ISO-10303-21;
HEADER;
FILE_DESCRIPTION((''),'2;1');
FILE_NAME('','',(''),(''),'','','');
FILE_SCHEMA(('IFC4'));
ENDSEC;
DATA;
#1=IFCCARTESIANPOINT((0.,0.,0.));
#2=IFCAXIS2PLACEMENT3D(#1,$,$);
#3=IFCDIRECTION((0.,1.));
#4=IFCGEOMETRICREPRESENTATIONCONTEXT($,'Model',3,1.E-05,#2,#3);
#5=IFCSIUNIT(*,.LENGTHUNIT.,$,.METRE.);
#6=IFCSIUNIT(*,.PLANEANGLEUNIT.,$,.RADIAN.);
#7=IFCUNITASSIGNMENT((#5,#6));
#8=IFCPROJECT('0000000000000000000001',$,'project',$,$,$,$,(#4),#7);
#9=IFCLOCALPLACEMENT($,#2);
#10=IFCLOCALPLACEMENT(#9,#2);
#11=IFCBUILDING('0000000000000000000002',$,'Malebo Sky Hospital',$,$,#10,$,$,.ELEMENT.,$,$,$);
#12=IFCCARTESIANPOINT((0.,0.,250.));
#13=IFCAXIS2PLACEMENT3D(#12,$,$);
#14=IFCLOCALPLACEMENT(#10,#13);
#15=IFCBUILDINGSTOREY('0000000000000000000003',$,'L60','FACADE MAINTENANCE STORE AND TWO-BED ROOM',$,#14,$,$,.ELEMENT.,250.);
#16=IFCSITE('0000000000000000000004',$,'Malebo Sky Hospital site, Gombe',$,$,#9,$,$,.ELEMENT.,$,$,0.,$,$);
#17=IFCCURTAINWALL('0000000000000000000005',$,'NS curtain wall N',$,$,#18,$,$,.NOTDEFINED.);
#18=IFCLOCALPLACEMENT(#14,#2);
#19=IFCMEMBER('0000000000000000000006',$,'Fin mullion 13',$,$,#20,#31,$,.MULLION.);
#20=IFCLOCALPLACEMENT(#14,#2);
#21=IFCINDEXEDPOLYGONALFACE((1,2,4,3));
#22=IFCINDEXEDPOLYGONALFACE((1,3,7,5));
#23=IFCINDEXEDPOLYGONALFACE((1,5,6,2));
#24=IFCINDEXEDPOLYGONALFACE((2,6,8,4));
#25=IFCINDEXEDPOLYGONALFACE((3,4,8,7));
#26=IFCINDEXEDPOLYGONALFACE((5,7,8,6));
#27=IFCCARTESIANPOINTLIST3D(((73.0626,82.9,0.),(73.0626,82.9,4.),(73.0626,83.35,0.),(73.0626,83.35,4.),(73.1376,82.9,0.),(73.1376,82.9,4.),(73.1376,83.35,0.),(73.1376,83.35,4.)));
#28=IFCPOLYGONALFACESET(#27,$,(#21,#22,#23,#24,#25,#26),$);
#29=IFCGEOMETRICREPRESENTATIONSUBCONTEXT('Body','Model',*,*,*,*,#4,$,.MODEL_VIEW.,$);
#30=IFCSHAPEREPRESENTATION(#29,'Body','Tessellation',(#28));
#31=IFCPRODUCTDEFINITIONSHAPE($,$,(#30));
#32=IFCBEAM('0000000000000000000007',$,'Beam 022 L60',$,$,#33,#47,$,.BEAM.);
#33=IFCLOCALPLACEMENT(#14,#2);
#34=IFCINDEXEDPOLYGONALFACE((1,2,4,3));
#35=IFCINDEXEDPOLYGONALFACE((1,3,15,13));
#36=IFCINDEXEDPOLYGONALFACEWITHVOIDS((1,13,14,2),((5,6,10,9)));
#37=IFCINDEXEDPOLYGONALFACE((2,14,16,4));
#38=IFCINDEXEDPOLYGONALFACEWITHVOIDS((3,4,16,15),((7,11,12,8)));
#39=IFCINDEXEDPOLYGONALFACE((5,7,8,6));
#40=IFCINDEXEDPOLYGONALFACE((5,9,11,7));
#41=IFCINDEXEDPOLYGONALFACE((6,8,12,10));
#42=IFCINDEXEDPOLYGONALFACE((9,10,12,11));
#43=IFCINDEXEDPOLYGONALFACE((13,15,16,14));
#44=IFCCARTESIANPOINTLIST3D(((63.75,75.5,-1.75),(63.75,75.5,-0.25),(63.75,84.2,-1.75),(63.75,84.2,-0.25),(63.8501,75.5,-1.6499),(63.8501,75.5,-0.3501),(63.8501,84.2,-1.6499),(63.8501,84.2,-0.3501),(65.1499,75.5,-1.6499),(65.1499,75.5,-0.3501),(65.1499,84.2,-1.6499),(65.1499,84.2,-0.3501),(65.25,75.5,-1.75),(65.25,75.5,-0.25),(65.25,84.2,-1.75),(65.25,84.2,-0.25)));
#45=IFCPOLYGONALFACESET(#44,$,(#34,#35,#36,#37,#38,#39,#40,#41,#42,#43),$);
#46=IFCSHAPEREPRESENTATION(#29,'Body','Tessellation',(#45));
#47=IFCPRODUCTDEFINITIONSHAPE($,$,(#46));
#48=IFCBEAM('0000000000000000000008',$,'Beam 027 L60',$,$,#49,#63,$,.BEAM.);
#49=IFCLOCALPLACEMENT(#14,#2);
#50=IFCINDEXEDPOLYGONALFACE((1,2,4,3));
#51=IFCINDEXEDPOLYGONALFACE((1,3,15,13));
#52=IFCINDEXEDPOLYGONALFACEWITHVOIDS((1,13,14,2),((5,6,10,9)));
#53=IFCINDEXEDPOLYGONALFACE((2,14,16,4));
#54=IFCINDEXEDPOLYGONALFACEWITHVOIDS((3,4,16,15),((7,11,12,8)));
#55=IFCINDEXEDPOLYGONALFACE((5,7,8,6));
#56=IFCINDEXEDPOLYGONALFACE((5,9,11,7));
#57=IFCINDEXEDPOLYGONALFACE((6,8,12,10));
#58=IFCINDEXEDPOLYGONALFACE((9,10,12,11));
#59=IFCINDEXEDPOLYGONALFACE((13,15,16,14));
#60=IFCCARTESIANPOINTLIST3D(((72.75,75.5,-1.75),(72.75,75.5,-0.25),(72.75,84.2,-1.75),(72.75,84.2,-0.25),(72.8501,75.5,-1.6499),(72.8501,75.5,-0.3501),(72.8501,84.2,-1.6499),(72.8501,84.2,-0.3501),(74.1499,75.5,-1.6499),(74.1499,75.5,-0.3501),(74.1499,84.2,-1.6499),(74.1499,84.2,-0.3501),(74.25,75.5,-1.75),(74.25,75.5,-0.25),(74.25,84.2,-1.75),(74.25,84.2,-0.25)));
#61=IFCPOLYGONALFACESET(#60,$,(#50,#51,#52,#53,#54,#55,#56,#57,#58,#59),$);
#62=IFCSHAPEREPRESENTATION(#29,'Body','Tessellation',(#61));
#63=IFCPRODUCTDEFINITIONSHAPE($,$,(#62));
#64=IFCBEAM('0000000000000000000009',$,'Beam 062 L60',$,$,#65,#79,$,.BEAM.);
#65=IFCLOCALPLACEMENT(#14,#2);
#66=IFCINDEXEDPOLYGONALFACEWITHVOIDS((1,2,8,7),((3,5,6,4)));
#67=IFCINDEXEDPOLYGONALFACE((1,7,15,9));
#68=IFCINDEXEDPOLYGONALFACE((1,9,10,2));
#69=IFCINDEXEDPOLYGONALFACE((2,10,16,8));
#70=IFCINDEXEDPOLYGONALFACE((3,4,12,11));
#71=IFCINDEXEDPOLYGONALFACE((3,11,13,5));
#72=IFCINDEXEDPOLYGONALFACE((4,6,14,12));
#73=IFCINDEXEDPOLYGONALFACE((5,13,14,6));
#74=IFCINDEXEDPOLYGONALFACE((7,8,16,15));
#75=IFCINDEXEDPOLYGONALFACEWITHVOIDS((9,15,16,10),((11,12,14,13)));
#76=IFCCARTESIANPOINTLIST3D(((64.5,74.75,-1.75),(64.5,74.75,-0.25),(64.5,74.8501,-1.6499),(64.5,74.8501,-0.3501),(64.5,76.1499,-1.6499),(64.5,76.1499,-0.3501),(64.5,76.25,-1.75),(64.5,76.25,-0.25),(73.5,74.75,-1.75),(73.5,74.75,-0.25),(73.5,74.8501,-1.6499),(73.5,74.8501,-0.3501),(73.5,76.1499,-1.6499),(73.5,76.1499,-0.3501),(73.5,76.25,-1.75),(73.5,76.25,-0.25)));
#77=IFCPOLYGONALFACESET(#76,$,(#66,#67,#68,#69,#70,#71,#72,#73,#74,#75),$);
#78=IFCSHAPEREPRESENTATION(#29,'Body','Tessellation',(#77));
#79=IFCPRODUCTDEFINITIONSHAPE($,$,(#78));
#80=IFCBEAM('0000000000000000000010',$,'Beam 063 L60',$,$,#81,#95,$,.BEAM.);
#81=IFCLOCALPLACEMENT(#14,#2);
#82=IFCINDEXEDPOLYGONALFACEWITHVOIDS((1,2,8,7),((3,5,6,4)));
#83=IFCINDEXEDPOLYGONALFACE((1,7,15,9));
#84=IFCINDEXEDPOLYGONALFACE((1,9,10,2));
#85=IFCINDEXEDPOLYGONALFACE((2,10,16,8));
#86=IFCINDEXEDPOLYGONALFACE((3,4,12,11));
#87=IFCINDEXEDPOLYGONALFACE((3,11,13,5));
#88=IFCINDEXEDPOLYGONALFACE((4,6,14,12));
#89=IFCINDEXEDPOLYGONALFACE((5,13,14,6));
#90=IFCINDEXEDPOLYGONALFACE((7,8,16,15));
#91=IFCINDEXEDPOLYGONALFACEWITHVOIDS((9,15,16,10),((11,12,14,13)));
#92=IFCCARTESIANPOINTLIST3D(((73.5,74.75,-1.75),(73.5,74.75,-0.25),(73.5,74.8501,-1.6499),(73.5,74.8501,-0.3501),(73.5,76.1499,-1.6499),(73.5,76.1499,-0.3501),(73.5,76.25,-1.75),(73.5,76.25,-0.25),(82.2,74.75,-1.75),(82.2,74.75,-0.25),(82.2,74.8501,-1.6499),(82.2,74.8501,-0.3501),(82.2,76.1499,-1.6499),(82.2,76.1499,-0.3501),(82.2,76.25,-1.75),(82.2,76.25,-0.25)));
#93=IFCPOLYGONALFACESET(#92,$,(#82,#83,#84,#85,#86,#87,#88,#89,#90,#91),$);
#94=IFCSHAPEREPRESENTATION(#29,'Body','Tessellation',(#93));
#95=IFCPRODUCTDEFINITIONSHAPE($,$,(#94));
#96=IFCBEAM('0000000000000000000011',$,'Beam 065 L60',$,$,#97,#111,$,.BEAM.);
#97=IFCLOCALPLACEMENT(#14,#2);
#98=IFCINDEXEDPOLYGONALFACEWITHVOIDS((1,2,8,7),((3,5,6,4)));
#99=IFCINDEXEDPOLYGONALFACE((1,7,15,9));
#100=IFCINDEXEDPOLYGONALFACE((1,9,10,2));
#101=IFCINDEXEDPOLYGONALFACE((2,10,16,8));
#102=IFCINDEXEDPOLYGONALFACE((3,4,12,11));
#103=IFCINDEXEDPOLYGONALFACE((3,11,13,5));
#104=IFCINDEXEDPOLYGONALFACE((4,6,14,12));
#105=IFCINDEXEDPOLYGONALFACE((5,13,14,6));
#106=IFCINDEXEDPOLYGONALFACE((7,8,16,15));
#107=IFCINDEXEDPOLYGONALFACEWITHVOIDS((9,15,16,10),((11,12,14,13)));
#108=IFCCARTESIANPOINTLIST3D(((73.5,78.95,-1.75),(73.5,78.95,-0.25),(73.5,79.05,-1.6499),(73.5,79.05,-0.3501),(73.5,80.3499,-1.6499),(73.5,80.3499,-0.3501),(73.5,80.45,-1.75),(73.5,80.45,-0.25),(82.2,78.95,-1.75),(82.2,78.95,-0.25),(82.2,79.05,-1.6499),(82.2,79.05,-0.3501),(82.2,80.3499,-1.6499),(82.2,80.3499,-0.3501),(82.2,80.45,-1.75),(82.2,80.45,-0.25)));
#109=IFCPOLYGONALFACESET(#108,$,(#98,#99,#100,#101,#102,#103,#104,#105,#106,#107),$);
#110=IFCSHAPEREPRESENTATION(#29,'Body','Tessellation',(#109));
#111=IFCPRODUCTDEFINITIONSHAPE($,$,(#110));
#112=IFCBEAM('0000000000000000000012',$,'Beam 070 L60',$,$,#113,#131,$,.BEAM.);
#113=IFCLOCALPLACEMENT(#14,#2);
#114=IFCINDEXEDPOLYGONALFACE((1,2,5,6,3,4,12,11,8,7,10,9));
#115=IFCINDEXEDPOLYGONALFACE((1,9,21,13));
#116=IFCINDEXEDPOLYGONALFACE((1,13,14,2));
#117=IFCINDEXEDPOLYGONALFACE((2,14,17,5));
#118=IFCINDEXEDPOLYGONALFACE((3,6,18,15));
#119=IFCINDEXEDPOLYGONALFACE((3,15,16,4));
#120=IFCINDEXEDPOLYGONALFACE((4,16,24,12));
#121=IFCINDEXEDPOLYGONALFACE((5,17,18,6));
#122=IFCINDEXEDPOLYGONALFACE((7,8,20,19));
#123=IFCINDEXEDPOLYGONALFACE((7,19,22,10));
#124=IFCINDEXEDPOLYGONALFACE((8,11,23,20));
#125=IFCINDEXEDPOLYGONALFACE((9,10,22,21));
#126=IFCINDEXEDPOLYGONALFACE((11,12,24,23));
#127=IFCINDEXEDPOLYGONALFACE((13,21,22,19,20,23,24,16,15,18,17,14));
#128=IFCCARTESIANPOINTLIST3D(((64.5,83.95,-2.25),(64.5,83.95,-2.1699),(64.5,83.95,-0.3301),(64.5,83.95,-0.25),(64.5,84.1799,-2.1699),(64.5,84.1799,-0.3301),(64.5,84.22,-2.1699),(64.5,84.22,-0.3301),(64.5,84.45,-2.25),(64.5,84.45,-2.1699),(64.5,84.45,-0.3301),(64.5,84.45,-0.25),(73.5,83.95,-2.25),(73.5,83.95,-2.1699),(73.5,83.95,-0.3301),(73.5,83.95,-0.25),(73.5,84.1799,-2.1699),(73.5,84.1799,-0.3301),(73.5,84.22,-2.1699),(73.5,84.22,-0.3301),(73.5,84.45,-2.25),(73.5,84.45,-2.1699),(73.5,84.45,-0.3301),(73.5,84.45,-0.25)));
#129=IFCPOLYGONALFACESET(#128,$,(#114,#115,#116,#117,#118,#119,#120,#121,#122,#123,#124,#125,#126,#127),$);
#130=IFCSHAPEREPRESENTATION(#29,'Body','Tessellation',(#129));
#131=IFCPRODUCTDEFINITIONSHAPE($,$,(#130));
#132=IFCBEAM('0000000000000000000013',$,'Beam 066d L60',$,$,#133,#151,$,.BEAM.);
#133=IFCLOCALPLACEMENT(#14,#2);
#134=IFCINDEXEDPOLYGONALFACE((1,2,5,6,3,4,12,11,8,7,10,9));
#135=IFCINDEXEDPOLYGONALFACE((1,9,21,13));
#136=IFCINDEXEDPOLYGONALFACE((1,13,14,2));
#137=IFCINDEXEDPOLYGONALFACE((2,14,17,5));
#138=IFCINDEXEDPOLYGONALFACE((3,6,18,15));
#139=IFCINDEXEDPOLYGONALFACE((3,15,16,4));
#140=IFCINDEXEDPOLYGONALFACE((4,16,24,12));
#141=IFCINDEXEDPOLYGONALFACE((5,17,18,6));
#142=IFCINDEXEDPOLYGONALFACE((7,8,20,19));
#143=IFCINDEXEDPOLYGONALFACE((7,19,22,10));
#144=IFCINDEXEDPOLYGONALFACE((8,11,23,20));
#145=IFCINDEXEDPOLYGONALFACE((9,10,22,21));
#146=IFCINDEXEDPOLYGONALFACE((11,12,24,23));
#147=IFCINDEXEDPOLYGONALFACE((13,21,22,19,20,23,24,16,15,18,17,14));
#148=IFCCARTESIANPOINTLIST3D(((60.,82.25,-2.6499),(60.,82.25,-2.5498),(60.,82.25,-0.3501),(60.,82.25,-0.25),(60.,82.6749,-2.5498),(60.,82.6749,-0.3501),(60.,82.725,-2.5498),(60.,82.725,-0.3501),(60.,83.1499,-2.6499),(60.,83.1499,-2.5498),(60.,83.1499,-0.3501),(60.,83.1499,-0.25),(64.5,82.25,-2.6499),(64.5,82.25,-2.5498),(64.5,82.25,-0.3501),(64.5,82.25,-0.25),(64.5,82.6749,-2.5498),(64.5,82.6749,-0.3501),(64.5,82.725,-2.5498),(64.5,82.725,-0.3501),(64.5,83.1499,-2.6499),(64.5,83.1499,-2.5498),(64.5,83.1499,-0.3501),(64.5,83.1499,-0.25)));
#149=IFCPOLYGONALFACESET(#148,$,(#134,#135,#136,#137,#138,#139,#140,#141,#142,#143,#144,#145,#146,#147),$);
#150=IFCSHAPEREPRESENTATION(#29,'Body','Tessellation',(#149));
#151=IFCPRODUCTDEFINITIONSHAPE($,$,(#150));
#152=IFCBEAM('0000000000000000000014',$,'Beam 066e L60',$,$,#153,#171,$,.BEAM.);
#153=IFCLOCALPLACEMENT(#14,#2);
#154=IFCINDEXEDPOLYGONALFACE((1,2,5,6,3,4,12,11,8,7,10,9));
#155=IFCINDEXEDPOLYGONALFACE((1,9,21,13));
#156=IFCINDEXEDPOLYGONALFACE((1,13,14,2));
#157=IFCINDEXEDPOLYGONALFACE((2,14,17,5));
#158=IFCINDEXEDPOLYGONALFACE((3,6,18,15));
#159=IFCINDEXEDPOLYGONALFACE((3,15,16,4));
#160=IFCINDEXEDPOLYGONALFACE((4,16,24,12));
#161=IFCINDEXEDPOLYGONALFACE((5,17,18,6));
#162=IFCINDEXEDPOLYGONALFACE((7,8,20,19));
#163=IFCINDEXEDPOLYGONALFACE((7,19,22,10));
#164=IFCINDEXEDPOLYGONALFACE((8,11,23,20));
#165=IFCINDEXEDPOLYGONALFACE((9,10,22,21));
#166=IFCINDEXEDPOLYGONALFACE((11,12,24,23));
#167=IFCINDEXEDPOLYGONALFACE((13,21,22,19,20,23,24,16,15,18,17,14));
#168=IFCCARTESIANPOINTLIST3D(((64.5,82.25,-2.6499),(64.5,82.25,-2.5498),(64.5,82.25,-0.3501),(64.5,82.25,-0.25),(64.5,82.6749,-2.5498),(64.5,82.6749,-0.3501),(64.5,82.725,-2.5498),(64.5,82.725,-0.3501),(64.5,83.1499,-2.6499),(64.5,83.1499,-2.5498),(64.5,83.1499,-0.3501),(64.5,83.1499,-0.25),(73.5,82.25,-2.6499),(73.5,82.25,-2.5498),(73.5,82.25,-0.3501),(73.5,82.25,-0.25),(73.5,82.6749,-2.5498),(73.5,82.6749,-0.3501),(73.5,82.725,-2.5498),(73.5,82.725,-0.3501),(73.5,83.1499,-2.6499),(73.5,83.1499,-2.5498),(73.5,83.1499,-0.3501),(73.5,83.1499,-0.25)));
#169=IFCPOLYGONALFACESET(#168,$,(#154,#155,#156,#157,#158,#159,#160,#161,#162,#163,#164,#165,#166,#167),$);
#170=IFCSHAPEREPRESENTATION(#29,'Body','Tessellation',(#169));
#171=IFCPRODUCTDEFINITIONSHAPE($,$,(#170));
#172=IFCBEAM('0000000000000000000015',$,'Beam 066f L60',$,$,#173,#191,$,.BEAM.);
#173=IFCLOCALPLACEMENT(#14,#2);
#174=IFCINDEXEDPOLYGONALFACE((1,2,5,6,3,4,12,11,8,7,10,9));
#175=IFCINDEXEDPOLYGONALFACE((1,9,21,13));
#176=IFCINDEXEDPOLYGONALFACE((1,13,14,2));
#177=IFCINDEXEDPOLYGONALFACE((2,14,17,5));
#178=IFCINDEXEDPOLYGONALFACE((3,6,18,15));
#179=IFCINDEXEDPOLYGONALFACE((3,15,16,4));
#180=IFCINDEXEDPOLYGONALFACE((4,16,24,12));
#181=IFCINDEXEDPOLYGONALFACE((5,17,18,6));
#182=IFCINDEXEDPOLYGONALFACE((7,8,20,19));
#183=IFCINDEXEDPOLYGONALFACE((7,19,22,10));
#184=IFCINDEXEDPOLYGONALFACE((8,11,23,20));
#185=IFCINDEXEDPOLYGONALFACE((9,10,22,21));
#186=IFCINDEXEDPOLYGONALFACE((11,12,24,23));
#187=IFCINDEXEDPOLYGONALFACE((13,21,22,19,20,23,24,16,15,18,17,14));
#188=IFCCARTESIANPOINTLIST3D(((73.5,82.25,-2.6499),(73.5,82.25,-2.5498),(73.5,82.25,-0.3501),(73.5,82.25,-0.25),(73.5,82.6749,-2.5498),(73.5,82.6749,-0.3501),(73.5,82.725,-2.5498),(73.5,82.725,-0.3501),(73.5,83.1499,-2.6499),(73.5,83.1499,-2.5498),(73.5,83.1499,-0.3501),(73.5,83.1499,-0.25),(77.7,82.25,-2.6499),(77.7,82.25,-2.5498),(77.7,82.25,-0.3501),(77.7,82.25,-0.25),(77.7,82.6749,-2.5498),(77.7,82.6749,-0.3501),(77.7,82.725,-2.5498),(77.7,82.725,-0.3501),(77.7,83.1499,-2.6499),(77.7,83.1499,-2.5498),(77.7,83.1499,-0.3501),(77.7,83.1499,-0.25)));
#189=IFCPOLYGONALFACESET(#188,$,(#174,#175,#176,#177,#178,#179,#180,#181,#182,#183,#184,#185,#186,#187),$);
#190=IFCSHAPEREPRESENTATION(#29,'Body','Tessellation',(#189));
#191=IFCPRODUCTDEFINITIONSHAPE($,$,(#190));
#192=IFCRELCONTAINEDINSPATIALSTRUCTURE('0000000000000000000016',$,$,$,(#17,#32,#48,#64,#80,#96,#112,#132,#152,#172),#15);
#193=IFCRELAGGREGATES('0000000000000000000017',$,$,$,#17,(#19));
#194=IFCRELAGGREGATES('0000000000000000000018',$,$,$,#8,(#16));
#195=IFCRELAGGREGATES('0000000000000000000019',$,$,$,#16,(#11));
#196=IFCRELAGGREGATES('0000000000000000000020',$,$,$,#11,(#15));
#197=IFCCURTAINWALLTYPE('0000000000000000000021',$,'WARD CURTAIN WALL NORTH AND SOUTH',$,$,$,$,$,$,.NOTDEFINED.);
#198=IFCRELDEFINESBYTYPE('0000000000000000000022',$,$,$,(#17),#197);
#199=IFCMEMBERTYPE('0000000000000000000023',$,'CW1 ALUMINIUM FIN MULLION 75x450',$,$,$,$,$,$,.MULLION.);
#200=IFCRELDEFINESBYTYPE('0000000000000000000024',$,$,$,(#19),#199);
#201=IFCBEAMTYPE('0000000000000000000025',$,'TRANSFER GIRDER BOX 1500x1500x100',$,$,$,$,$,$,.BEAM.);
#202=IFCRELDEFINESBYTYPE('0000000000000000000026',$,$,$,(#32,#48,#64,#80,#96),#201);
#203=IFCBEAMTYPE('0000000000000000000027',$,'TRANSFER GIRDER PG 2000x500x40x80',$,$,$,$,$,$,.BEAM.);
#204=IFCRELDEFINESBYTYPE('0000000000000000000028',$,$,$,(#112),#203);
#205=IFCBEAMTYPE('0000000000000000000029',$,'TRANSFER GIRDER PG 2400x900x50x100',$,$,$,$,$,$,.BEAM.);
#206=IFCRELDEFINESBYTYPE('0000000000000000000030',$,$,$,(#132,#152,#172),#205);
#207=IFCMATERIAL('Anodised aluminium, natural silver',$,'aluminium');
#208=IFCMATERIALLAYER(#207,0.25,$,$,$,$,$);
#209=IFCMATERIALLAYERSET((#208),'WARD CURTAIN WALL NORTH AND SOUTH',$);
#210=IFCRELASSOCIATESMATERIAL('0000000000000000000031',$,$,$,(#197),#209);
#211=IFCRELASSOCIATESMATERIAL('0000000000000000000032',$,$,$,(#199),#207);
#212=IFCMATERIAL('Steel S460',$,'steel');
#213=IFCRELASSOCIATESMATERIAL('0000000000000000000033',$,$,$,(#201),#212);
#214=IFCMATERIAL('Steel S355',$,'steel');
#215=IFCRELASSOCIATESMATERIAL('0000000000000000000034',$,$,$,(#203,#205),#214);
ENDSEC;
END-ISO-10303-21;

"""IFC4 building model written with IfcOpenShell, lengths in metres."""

from ifc_helpers import new_model, si_unit, direction, frame, origin, origin_2d, place, context, subcontext, project, spatial, rectangle, hollow_rectangle, i_section, extrude, material, layer, layer_set, material_profile, profile_set, type_object, element, aggregate, save


model = new_model("IFC4")

# Units and contexts
model_context = context("Model", 3, precision=1e-05, world=origin(), true_north=direction((0.0, 1.0)))
body_context = subcontext(model_context, "Body", "Model", "MODEL_VIEW")
ifc_project = project(units=[si_unit("LENGTHUNIT", "METRE"), si_unit("PLANEANGLEUNIT", "RADIAN")], contexts=[model_context])

# Site, building, storey
site_placement = place(None, origin())
site = spatial("IfcSite", under=ifc_project, at=site_placement, Name="Malebo Sky Hospital site, Gombe", CompositionType="ELEMENT", RefElevation=0.0)
building_placement = place(site_placement, origin())
building = spatial("IfcBuilding", under=site, at=building_placement, Name="Malebo Sky Hospital", CompositionType="ELEMENT")
storey_placement = place(building_placement, frame((0.0, 0.0, 250.0)))
storey = spatial("IfcBuildingStorey", under=building, at=storey_placement, Name="L60", Description="FACADE MAINTENANCE STORE AND TWO-BED ROOM", CompositionType="ELEMENT", Elevation=250.0)

# Shared definitions
ifc_material_1 = material(Name="Steel S460", Category="steel")

# Curtain wall, member
ifc_material_2 = material(Name="Anodised aluminium, natural silver", Category="aluminium")
ifc_layer_1 = layer(ifc_material_2, 0.25)
ifc_layer_set_1 = layer_set([ifc_layer_1], Name="WARD CURTAIN WALL NORTH AND SOUTH")
curtain_wall_type = type_object("IfcCurtainWallType", Name="WARD CURTAIN WALL NORTH AND SOUTH", PredefinedType="NOTDEFINED", material=ifc_layer_set_1)
curtain_wall_placement = place(storey_placement, origin())
curtain_wall = element("IfcCurtainWall", 1, at=curtain_wall_placement, inside=storey, type_object=curtain_wall_type, Name="NS curtain wall N", PredefinedType="NOTDEFINED")
ifc_material_profile_1 = material_profile(ifc_material_2, rectangle(XDim=0.075, YDim=0.45, at=origin_2d()), Name="CW1 ALUMINIUM FIN MULLION 75x450")
ifc_profile_set_1 = profile_set([ifc_material_profile_1], Name="Anodised aluminium, natural silver")
member_type_1 = type_object("IfcMemberType", Name="CW1 ALUMINIUM FIN MULLION 75x450", PredefinedType="MULLION", material=ifc_profile_set_1)
member_1_placement = place(storey_placement, frame((73.1001, 83.125, 0.0), z_axis=(0.0, 0.0, 1.0), x_axis=(1.0, 0.0, 0.0)))
member_1 = element("IfcMember", 2, at=member_1_placement, type_object=member_type_1, Name="Fin mullion 13", PredefinedType="MULLION", context=body_context, shape_type="SweptSolid", body=[
    extrude(rectangle(XDim=0.075, YDim=0.45, at=origin_2d()), origin(), (0.0, 0.0, 1.0), 4.0),
])

# Beams
ifc_material_profile_2 = material_profile(ifc_material_1, hollow_rectangle(XDim=1.5, YDim=1.5, WallThickness=0.1001, at=origin_2d()), Name="BOX 1500x1500x100")
ifc_profile_set_2 = profile_set([ifc_material_profile_2], Name="Steel S460")
beam_type_1 = type_object("IfcBeamType", Name="TRANSFER GIRDER BOX 1500x1500x100", PredefinedType="BEAM", material=ifc_profile_set_2)
for number, where, z_axis, x_axis, name in (
    (3, (64.5, 75.5, -1.0), (0.0, 1.0, 0.0), (-1.0, 0.0, 0.0), "Beam 022 L60"),
    (4, (73.5, 75.5, -1.0), (0.0, 1.0, 0.0), (-1.0, 0.0, 0.0), "Beam 027 L60"),
):
    element("IfcBeam", number, at=place(storey_placement, frame(where, z_axis=z_axis, x_axis=x_axis)), inside=storey, type_object=beam_type_1, Name=name, PredefinedType="BEAM", context=body_context, shape_type="SweptSolid", body=[
        extrude(hollow_rectangle(XDim=1.5, YDim=1.5, WallThickness=0.1001, at=origin_2d()), origin(), (0.0, 0.0, 1.0), 8.7),
    ])
beam_1_placement = place(storey_placement, frame((64.5, 75.5, -1.0), z_axis=(1.0, 0.0, 0.0), x_axis=(0.0, 1.0, 0.0)))
element("IfcBeam", 5, at=beam_1_placement, inside=storey, type_object=beam_type_1, Name="Beam 062 L60", PredefinedType="BEAM", context=body_context, shape_type="SweptSolid", body=[
    extrude(hollow_rectangle(XDim=1.5, YDim=1.5, WallThickness=0.1001, at=origin_2d()), origin(), (0.0, 0.0, 1.0), 9.0),
])
for number, where, z_axis, x_axis, name in (
    (6, (73.5, 75.5, -1.0), (1.0, 0.0, 0.0), (0.0, 1.0, 0.0), "Beam 063 L60"),
    (7, (73.5, 79.7, -1.0), (1.0, 0.0, 0.0), (0.0, 1.0, 0.0), "Beam 065 L60"),
):
    element("IfcBeam", number, at=place(storey_placement, frame(where, z_axis=z_axis, x_axis=x_axis)), inside=storey, type_object=beam_type_1, Name=name, PredefinedType="BEAM", context=body_context, shape_type="SweptSolid", body=[
        extrude(hollow_rectangle(XDim=1.5, YDim=1.5, WallThickness=0.1001, at=origin_2d()), origin(), (0.0, 0.0, 1.0), 8.7),
    ])
ifc_material_3 = material(Name="Steel S355", Category="steel")
ifc_material_profile_3 = material_profile(ifc_material_3, i_section(OverallWidth=0.5, OverallDepth=2.0, WebThickness=0.04, FlangeThickness=0.0801, at=origin_2d()), Name="PG 2000x500x40x80")
ifc_profile_set_3 = profile_set([ifc_material_profile_3], Name="Steel S355")
beam_type_2 = type_object("IfcBeamType", Name="TRANSFER GIRDER PG 2000x500x40x80", PredefinedType="BEAM", material=ifc_profile_set_3)
beam_2_placement = place(storey_placement, frame((64.5, 84.2, -1.25), z_axis=(1.0, 0.0, 0.0), x_axis=(0.0, 1.0, 0.0)))
element("IfcBeam", 8, at=beam_2_placement, inside=storey, type_object=beam_type_2, Name="Beam 070 L60", PredefinedType="BEAM", context=body_context, shape_type="SweptSolid", body=[
    extrude(i_section(OverallWidth=0.5, OverallDepth=2.0, WebThickness=0.04, FlangeThickness=0.0801, at=origin_2d()), origin(), (0.0, 0.0, 1.0), 9.0),
])
ifc_material_profile_4 = material_profile(ifc_material_3, i_section(OverallWidth=0.8999, OverallDepth=2.3999, WebThickness=0.05, FlangeThickness=0.1001, at=origin_2d()), Name="PG 2400x900x50x100")
ifc_profile_set_4 = profile_set([ifc_material_profile_4], Name="Steel S355")
beam_type_3 = type_object("IfcBeamType", Name="TRANSFER GIRDER PG 2400x900x50x100", PredefinedType="BEAM", material=ifc_profile_set_4)
beam_3_placement = place(storey_placement, frame((60.0, 82.7, -1.45), z_axis=(1.0, 0.0, 0.0), x_axis=(0.0, 1.0, 0.0)))
element("IfcBeam", 9, at=beam_3_placement, inside=storey, type_object=beam_type_3, Name="Beam 066d L60", PredefinedType="BEAM", context=body_context, shape_type="SweptSolid", body=[
    extrude(i_section(OverallWidth=0.8999, OverallDepth=2.3999, WebThickness=0.05, FlangeThickness=0.1001, at=origin_2d()), origin(), (0.0, 0.0, 1.0), 4.5),
])
beam_4_placement = place(storey_placement, frame((64.5, 82.7, -1.45), z_axis=(1.0, 0.0, 0.0), x_axis=(0.0, 1.0, 0.0)))
element("IfcBeam", 10, at=beam_4_placement, inside=storey, type_object=beam_type_3, Name="Beam 066e L60", PredefinedType="BEAM", context=body_context, shape_type="SweptSolid", body=[
    extrude(i_section(OverallWidth=0.8999, OverallDepth=2.3999, WebThickness=0.05, FlangeThickness=0.1001, at=origin_2d()), origin(), (0.0, 0.0, 1.0), 9.0),
])
beam_5_placement = place(storey_placement, frame((73.5, 82.7, -1.45), z_axis=(1.0, 0.0, 0.0), x_axis=(0.0, 1.0, 0.0)))
element("IfcBeam", 11, at=beam_5_placement, inside=storey, type_object=beam_type_3, Name="Beam 066f L60", PredefinedType="BEAM", context=body_context, shape_type="SweptSolid", body=[
    extrude(i_section(OverallWidth=0.8999, OverallDepth=2.3999, WebThickness=0.05, FlangeThickness=0.1001, at=origin_2d()), origin(), (0.0, 0.0, 1.0), 4.2),
])

aggregate(curtain_wall, [member_1])

save(model, "model.ifc")
